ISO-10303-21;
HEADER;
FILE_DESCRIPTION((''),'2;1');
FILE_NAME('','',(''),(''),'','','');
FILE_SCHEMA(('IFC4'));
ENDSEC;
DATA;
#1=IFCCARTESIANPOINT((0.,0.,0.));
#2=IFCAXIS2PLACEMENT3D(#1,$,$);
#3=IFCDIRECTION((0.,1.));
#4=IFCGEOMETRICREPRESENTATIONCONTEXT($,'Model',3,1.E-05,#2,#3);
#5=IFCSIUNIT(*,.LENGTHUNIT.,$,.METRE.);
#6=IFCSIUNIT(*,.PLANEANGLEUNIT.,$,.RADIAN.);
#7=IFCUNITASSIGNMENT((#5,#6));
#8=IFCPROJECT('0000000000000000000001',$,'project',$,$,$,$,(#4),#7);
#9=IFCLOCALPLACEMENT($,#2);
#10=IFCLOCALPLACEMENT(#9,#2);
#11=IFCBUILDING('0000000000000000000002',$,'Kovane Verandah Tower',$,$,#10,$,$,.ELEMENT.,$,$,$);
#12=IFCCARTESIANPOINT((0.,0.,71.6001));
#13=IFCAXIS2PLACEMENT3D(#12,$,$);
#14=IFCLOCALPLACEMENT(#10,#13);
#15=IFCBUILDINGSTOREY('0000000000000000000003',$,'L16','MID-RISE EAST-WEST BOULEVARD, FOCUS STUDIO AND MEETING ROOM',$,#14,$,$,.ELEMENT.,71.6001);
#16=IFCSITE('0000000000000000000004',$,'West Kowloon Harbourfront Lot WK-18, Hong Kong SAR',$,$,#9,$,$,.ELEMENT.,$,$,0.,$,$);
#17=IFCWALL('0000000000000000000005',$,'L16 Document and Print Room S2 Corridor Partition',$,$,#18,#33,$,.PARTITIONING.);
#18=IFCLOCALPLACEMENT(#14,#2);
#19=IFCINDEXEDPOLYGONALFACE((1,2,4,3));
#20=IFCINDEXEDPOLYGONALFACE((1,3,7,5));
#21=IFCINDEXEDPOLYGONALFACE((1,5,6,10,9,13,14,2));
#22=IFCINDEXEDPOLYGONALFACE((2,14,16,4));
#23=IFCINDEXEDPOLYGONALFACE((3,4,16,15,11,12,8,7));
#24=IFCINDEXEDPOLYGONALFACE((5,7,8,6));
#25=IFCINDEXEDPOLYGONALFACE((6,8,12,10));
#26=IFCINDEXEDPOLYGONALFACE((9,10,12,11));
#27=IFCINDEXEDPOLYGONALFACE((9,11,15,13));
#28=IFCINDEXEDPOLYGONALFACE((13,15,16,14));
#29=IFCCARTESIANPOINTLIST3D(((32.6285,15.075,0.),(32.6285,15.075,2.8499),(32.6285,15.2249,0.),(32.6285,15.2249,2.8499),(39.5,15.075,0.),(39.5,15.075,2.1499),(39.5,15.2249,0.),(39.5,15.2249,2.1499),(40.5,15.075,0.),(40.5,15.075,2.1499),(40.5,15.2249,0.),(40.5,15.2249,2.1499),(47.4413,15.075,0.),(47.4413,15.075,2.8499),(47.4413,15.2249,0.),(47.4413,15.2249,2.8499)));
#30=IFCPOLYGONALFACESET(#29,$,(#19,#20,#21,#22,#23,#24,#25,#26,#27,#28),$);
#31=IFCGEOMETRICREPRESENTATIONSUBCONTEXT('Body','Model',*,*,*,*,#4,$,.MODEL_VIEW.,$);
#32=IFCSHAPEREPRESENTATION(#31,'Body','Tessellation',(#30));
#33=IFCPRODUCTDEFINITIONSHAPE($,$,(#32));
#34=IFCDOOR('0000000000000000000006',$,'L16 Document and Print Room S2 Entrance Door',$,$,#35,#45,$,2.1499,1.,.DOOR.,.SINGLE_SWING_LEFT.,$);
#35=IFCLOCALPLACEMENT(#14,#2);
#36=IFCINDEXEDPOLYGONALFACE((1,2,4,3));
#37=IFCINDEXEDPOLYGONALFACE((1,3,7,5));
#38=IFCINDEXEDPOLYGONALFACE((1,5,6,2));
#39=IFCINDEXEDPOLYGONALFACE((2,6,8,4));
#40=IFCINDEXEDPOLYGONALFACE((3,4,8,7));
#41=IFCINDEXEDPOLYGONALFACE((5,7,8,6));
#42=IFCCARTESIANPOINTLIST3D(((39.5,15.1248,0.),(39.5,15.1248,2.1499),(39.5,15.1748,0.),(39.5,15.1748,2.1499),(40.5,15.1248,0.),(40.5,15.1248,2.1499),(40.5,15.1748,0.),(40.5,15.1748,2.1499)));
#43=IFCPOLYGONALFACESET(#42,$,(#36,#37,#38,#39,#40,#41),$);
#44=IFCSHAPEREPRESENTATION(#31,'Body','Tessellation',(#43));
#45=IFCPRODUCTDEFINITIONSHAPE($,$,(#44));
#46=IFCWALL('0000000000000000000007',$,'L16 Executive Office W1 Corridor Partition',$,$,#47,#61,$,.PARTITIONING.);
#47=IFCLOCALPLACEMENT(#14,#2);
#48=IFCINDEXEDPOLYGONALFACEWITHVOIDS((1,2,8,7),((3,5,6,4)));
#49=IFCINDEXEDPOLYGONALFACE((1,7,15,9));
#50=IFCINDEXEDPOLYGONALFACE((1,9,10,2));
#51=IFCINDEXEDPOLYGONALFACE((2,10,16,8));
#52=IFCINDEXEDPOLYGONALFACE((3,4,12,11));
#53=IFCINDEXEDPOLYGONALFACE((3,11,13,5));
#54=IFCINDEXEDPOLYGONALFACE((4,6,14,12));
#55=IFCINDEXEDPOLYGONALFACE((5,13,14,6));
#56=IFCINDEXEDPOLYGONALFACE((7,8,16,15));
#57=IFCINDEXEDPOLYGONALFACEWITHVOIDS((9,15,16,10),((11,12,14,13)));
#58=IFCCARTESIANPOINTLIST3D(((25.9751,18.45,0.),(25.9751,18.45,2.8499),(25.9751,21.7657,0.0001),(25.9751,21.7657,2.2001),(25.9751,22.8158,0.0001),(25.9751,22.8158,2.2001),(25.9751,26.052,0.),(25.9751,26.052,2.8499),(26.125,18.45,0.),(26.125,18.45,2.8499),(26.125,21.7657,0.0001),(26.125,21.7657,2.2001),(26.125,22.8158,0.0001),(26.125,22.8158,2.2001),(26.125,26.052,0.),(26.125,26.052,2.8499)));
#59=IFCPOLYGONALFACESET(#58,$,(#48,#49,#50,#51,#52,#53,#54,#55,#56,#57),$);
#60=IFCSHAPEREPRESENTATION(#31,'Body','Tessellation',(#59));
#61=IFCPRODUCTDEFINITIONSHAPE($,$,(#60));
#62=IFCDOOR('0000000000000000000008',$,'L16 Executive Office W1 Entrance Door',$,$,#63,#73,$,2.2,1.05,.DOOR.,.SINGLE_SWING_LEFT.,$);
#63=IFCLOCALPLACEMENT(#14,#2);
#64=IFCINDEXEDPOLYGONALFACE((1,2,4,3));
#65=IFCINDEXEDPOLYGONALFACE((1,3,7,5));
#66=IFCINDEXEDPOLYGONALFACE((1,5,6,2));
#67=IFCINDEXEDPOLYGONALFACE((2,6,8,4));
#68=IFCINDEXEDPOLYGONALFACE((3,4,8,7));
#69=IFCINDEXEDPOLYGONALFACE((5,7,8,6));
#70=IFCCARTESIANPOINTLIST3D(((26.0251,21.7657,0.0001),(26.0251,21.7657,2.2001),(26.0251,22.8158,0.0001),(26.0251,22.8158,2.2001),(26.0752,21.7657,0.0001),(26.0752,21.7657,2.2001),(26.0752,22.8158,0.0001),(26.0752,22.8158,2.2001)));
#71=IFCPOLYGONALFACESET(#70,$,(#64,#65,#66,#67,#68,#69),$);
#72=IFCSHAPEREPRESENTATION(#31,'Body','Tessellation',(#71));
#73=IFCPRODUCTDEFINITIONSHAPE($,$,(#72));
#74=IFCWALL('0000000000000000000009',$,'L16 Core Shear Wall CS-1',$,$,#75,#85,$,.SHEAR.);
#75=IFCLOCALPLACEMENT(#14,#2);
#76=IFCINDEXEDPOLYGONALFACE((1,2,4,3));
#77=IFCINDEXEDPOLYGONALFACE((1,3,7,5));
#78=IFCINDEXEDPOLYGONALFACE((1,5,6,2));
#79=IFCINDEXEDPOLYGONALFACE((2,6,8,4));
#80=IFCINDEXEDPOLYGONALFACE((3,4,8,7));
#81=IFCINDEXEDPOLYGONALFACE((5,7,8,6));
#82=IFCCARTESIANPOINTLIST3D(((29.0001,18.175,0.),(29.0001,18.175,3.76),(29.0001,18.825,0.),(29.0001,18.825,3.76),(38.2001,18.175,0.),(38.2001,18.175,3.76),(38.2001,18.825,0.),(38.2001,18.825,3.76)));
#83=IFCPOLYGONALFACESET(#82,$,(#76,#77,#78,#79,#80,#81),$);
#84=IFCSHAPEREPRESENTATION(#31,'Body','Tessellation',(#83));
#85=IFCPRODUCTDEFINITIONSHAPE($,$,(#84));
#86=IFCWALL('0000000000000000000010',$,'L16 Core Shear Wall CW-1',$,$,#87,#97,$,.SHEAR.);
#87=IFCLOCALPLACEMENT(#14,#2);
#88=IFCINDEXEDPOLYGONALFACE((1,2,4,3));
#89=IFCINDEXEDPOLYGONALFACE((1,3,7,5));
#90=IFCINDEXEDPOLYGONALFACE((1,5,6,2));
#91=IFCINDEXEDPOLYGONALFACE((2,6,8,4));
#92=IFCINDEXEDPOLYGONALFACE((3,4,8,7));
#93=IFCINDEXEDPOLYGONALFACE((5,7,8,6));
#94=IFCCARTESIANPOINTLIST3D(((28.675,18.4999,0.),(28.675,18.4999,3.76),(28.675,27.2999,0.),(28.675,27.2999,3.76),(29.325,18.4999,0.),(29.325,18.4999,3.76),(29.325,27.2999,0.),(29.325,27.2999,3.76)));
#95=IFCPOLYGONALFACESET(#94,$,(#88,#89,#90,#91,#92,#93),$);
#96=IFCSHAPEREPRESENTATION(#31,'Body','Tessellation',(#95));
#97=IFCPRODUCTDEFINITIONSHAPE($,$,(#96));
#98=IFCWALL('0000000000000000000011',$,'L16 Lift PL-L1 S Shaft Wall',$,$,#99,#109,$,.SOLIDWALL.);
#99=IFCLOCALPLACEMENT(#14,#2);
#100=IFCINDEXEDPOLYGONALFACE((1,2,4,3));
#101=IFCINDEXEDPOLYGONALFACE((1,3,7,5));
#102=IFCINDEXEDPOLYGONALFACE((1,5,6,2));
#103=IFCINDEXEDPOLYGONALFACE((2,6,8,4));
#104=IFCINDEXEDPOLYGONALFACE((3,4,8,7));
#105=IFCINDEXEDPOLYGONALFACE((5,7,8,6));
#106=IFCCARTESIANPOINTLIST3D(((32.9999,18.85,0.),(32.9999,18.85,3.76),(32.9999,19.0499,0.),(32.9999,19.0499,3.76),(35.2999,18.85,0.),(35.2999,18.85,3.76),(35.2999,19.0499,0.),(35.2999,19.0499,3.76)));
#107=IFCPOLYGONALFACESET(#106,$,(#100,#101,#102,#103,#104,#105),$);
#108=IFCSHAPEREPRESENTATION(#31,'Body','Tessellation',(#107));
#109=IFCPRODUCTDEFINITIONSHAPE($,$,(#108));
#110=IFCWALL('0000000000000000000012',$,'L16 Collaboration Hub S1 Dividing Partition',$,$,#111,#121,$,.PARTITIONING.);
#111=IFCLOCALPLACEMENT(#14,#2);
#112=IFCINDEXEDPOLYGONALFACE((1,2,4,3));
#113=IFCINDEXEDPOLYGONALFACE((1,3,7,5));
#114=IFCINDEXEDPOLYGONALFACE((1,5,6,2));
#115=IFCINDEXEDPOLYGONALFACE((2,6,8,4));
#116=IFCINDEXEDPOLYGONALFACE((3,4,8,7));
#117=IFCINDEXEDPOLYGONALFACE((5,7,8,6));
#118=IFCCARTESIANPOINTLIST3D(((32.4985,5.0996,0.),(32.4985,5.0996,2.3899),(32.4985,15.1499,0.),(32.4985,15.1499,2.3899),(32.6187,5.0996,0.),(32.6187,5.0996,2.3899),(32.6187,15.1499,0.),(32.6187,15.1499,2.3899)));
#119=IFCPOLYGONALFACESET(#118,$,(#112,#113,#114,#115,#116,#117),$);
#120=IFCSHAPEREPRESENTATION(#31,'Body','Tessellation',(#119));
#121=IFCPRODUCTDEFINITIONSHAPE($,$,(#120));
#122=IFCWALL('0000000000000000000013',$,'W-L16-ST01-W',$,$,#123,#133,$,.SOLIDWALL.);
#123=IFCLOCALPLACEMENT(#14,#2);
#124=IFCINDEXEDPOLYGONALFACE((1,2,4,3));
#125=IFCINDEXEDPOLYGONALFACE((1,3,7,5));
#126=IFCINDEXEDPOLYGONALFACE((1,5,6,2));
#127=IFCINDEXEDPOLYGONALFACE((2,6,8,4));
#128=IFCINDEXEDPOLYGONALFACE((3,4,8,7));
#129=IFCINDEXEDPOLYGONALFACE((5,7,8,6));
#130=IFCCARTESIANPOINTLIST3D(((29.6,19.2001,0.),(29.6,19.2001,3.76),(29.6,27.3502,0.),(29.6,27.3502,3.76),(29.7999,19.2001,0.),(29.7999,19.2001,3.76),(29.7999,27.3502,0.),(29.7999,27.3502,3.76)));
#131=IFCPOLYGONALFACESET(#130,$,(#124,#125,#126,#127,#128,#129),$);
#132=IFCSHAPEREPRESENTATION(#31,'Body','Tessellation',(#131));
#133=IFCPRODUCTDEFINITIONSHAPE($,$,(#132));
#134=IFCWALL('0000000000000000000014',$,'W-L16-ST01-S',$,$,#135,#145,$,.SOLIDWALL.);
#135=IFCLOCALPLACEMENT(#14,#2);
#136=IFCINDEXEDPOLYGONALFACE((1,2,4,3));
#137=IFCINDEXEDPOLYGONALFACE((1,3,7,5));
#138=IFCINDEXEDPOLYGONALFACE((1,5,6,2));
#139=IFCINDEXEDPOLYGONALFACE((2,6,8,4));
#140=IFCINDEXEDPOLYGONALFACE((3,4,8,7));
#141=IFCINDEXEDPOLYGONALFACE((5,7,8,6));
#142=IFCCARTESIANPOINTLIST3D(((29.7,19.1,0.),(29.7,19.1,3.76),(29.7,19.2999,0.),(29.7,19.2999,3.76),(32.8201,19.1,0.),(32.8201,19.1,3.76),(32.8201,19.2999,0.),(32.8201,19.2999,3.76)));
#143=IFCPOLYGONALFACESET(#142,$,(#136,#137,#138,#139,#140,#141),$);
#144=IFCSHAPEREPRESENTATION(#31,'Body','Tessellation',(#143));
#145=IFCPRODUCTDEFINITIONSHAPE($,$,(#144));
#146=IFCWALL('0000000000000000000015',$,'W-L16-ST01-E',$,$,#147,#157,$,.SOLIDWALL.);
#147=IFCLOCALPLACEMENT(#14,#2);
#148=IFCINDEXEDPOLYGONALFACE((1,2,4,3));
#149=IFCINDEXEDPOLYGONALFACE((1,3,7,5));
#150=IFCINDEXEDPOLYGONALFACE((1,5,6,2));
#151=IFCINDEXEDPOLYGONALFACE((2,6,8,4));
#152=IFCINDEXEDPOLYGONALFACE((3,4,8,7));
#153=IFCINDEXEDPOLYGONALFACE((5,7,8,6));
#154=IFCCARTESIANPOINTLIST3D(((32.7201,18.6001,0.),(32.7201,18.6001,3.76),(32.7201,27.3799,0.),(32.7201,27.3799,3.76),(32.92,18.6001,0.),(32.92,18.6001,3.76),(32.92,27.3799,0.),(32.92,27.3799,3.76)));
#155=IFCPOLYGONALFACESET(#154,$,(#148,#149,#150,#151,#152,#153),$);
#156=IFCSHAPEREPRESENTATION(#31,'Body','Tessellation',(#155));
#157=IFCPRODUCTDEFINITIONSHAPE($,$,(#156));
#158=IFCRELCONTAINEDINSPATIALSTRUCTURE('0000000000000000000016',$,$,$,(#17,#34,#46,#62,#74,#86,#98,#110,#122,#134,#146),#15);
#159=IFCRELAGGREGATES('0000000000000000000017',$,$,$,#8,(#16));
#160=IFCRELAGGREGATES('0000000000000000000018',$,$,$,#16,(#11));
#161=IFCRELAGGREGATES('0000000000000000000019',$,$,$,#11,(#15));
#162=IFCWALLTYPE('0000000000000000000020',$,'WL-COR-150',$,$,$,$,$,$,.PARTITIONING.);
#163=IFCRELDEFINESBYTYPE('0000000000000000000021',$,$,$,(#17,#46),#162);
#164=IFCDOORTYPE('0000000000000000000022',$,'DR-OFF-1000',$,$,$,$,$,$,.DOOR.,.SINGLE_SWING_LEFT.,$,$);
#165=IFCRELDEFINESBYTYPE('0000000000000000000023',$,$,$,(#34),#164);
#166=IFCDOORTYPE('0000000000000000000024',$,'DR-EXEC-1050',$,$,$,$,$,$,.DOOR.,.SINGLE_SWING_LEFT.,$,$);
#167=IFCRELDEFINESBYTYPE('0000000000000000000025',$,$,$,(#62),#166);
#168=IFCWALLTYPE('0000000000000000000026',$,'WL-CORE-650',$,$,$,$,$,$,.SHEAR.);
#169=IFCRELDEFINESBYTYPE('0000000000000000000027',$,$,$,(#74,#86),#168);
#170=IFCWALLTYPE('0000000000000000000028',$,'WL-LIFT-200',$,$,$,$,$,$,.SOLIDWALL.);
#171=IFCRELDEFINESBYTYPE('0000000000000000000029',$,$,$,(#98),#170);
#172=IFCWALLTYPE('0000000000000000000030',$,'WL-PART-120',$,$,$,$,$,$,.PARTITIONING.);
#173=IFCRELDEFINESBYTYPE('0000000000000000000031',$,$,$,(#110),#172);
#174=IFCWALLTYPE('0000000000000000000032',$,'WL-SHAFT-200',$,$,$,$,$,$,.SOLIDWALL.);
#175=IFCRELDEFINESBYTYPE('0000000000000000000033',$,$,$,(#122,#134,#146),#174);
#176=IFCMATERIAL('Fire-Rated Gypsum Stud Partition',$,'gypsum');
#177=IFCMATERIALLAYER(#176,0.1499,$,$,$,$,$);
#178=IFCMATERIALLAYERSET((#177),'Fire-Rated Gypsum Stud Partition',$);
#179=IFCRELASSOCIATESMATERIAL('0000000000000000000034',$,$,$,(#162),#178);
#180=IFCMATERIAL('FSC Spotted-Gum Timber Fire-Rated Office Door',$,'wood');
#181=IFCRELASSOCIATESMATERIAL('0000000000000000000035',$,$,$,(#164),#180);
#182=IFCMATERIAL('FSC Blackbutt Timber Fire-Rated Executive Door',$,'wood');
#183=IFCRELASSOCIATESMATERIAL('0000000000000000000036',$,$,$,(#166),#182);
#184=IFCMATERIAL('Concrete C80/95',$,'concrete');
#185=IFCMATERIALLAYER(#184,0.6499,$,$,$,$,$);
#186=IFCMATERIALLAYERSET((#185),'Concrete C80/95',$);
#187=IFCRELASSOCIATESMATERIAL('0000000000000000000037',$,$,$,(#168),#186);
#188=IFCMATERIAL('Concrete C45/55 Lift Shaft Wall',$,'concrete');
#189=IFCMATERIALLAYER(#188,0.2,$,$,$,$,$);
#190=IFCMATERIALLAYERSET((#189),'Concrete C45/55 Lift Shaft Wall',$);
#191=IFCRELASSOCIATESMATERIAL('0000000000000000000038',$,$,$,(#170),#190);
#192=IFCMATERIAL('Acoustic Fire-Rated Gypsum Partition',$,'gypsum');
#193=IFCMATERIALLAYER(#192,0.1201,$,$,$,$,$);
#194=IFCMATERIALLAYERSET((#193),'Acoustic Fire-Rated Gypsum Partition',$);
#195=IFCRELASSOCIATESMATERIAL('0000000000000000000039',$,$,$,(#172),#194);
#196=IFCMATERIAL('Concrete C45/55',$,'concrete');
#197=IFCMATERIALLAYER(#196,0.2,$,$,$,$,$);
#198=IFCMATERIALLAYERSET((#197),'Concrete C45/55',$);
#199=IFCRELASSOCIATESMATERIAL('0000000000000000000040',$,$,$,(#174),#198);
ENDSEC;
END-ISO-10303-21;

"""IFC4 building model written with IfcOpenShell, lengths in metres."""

from ifc_helpers import new_model, si_unit, direction, frame, frame_2d, origin, place, context, subcontext, project, spatial, rectangle, extrude, material, layer, layer_set, type_object, element, fill, save


model = new_model("IFC4")

# Units and contexts
model_context = context("Model", 3, precision=1e-05, world=origin(), true_north=direction((0.0, 1.0)))
body_context = subcontext(model_context, "Body", "Model", "MODEL_VIEW")
ifc_project = project(units=[si_unit("LENGTHUNIT", "METRE"), si_unit("PLANEANGLEUNIT", "RADIAN")], contexts=[model_context])

# Site, building, storey
site_placement = place(None, origin())
site = spatial("IfcSite", under=ifc_project, at=site_placement, Name="West Kowloon Harbourfront Lot WK-18, Hong Kong SAR", CompositionType="ELEMENT", RefElevation=0.0)
building_placement = place(site_placement, origin())
building = spatial("IfcBuilding", under=site, at=building_placement, Name="Kovane Verandah Tower", CompositionType="ELEMENT")
storey_placement = place(building_placement, frame((0.0, 0.0, 71.6001)))
storey = spatial("IfcBuildingStorey", under=building, at=storey_placement, Name="L16", Description="MID-RISE EAST-WEST BOULEVARD, FOCUS STUDIO AND MEETING ROOM", CompositionType="ELEMENT", Elevation=71.6001)

# Shared definitions
ifc_material_1 = material(Name="Concrete C80/95", Category="concrete")

# Walls, openings, doors
ifc_material_2 = material(Name="Fire-Rated Gypsum Stud Partition", Category="gypsum")
ifc_layer_1 = layer(ifc_material_2, 0.1499)
ifc_layer_set_1 = layer_set([ifc_layer_1], Name="Fire-Rated Gypsum Stud Partition")
wall_type_1 = type_object("IfcWallType", Name="WL-COR-150", PredefinedType="PARTITIONING", material=ifc_layer_set_1)
wall_1_placement = place(storey_placement, frame((32.6287, 15.1499, 0.0), z_axis=(0.0, 0.0, 1.0), x_axis=(1.0, 0.0, 0.0)))
wall_1 = element("IfcWall", 1, at=wall_1_placement, inside=storey, type_object=wall_type_1, Name="L16 Document and Print Room S2 Corridor Partition", PredefinedType="PARTITIONING", context=body_context, shape_type="SweptSolid", body=[
    extrude(rectangle(XDim=14.8127, YDim=0.1499, at=frame_2d((7.4062, 0.0))), origin(), (0.0, 0.0, 1.0), 2.8499),
])
opening_1_placement = place(wall_1_placement, frame((6.8713, 0.0, 0.0)))
opening_1 = element("IfcOpeningElement", 2, at=opening_1_placement, cuts=wall_1, PredefinedType="OPENING", context=body_context, shape_type="SweptSolid", body=[
    extrude(rectangle(XDim=1.0, YDim=2.1499, at=frame_2d((0.5, 1.075))), frame((0.0, 0.075, 0.0), z_axis=(0.0, -1.0, 0.0), x_axis=(1.0, 0.0, 0.0)), (0.0, 0.0, 1.0), 0.1499),
])
ifc_material_3 = material(Name="FSC Spotted-Gum Timber Fire-Rated Office Door", Category="wood")
door_type_1 = type_object("IfcDoorType", Name="DR-OFF-1000", OperationType="SINGLE_SWING_LEFT", PredefinedType="DOOR", material=ifc_material_3)
door_1_placement = place(opening_1_placement, origin())
door_1 = element("IfcDoor", 3, at=door_1_placement, inside=storey, type_object=door_type_1, Name="L16 Document and Print Room S2 Entrance Door", OperationType="SINGLE_SWING_LEFT", OverallHeight=2.1499, OverallWidth=1.0, PredefinedType="DOOR", context=body_context, shape_type="SweptSolid", body=[
    extrude(rectangle(XDim=1.0, YDim=2.1499, at=frame_2d((0.5, 1.075))), frame((0.0, 0.0249, 0.0), z_axis=(0.0, -1.0, 0.0), x_axis=(1.0, 0.0, 0.0)), (0.0, 0.0, 1.0), 0.05),
])
fill(opening_1, door_1)
wall_2_placement = place(storey_placement, frame((26.05, 18.45, 0.0), z_axis=(0.0, 0.0, 1.0), x_axis=(0.0, 1.0, 0.0)))
wall_2 = element("IfcWall", 4, at=wall_2_placement, inside=storey, type_object=wall_type_1, Name="L16 Executive Office W1 Corridor Partition", PredefinedType="PARTITIONING", context=body_context, shape_type="SweptSolid", body=[
    extrude(rectangle(XDim=7.6021, YDim=0.1499, at=frame_2d((3.801, 0.0))), origin(), (0.0, 0.0, 1.0), 2.8499),
])
opening_2_placement = place(wall_2_placement, frame((3.3159, 0.0, 0.0)))
opening_2 = element("IfcOpeningElement", 5, at=opening_2_placement, cuts=wall_2, PredefinedType="OPENING", context=body_context, shape_type="SweptSolid", body=[
    extrude(rectangle(XDim=1.05, YDim=2.2, at=frame_2d((0.5249, 1.1001))), frame((0.0, 0.075, 0.0), z_axis=(0.0, -1.0, 0.0), x_axis=(1.0, 0.0, 0.0)), (0.0, 0.0, 1.0), 0.1499),
])
ifc_material_4 = material(Name="FSC Blackbutt Timber Fire-Rated Executive Door", Category="wood")
door_type_2 = type_object("IfcDoorType", Name="DR-EXEC-1050", OperationType="SINGLE_SWING_LEFT", PredefinedType="DOOR", material=ifc_material_4)
door_2_placement = place(opening_2_placement, origin())
door_2 = element("IfcDoor", 6, at=door_2_placement, inside=storey, type_object=door_type_2, Name="L16 Executive Office W1 Entrance Door", OperationType="SINGLE_SWING_LEFT", OverallHeight=2.2, OverallWidth=1.05, PredefinedType="DOOR", context=body_context, shape_type="SweptSolid", body=[
    extrude(rectangle(XDim=1.05, YDim=2.2, at=frame_2d((0.5249, 1.1001))), frame((0.0, 0.0249, 0.0), z_axis=(0.0, -1.0, 0.0), x_axis=(1.0, 0.0, 0.0)), (0.0, 0.0, 1.0), 0.05),
])
fill(opening_2, door_2)

# Walls
ifc_layer_2 = layer(ifc_material_1, 0.6499)
ifc_layer_set_2 = layer_set([ifc_layer_2], Name="Concrete C80/95")
wall_type_2 = type_object("IfcWallType", Name="WL-CORE-650", PredefinedType="SHEAR", material=ifc_layer_set_2)
wall_3_placement = place(storey_placement, frame((29.0, 18.5, 0.0), z_axis=(0.0, 0.0, 1.0), x_axis=(1.0, 0.0, 0.0)))
element("IfcWall", 7, at=wall_3_placement, inside=storey, type_object=wall_type_2, Name="L16 Core Shear Wall CS-1", PredefinedType="SHEAR", context=body_context, shape_type="SweptSolid", body=[
    extrude(rectangle(XDim=9.2, YDim=0.6499, at=frame_2d((4.6001, 0.0))), origin(), (0.0, 0.0, 1.0), 3.76),
])
wall_4_placement = place(storey_placement, frame((29.0, 18.5, 0.0), z_axis=(0.0, 0.0, 1.0), x_axis=(0.0, 1.0, 0.0)))
element("IfcWall", 8, at=wall_4_placement, inside=storey, type_object=wall_type_2, Name="L16 Core Shear Wall CW-1", PredefinedType="SHEAR", context=body_context, shape_type="SweptSolid", body=[
    extrude(rectangle(XDim=8.8, YDim=0.6499, at=frame_2d((4.3999, 0.0))), origin(), (0.0, 0.0, 1.0), 3.76),
])
ifc_material_5 = material(Name="Concrete C45/55 Lift Shaft Wall", Category="concrete")
ifc_layer_3 = layer(ifc_material_5, 0.2)
ifc_layer_set_3 = layer_set([ifc_layer_3], Name="Concrete C45/55 Lift Shaft Wall")
wall_type_3 = type_object("IfcWallType", Name="WL-LIFT-200", PredefinedType="SOLIDWALL", material=ifc_layer_set_3)
wall_5_placement = place(storey_placement, frame((33.0, 18.95, 0.0), z_axis=(0.0, 0.0, 1.0), x_axis=(1.0, 0.0, 0.0)))
element("IfcWall", 9, at=wall_5_placement, inside=storey, type_object=wall_type_3, Name="L16 Lift PL-L1 S Shaft Wall", PredefinedType="SOLIDWALL", context=body_context, shape_type="SweptSolid", body=[
    extrude(rectangle(XDim=2.3, YDim=0.2, at=frame_2d((1.1499, 0.0))), origin(), (0.0, 0.0, 1.0), 3.76),
])
ifc_material_6 = material(Name="Acoustic Fire-Rated Gypsum Partition", Category="gypsum")
ifc_layer_4 = layer(ifc_material_6, 0.1201)
ifc_layer_set_4 = layer_set([ifc_layer_4], Name="Acoustic Fire-Rated Gypsum Partition")
wall_type_4 = type_object("IfcWallType", Name="WL-PART-120", PredefinedType="PARTITIONING", material=ifc_layer_set_4)
wall_6_placement = place(storey_placement, frame((32.5586, 5.0996, 0.0), z_axis=(0.0, 0.0, 1.0), x_axis=(0.0, 1.0, 0.0)))
element("IfcWall", 10, at=wall_6_placement, inside=storey, type_object=wall_type_4, Name="L16 Collaboration Hub S1 Dividing Partition", PredefinedType="PARTITIONING", context=body_context, shape_type="SweptSolid", body=[
    extrude(rectangle(XDim=10.0503, YDim=0.1201, at=frame_2d((5.0251, 0.0))), origin(), (0.0, 0.0, 1.0), 2.3899),
])
ifc_material_7 = material(Name="Concrete C45/55", Category="concrete")
ifc_layer_5 = layer(ifc_material_7, 0.2)
ifc_layer_set_5 = layer_set([ifc_layer_5], Name="Concrete C45/55")
wall_type_5 = type_object("IfcWallType", Name="WL-SHAFT-200", PredefinedType="SOLIDWALL", material=ifc_layer_set_5)
wall_7_placement = place(storey_placement, frame((29.7, 19.2, 0.0), z_axis=(0.0, 0.0, 1.0), x_axis=(0.0, 1.0, 0.0)))
element("IfcWall", 11, at=wall_7_placement, inside=storey, type_object=wall_type_5, Name="W-L16-ST01-W", PredefinedType="SOLIDWALL", context=body_context, shape_type="SweptSolid", body=[
    extrude(rectangle(XDim=8.1501, YDim=0.2, at=frame_2d((4.0752, 0.0))), origin(), (0.0, 0.0, 1.0), 3.76),
])
wall_8_placement = place(storey_placement, frame((29.7, 19.2, 0.0), z_axis=(0.0, 0.0, 1.0), x_axis=(1.0, 0.0, 0.0)))
element("IfcWall", 12, at=wall_8_placement, inside=storey, type_object=wall_type_5, Name="W-L16-ST01-S", PredefinedType="SOLIDWALL", context=body_context, shape_type="SweptSolid", body=[
    extrude(rectangle(XDim=3.1201, YDim=0.2, at=frame_2d((1.5601, 0.0))), origin(), (0.0, 0.0, 1.0), 3.76),
])
wall_9_placement = place(storey_placement, frame((32.8201, 18.6001, 0.0), z_axis=(0.0, 0.0, 1.0), x_axis=(0.0, 1.0, 0.0)))
element("IfcWall", 13, at=wall_9_placement, inside=storey, type_object=wall_type_5, Name="W-L16-ST01-E", PredefinedType="SOLIDWALL", context=body_context, shape_type="SweptSolid", body=[
    extrude(rectangle(XDim=8.7798, YDim=0.2, at=frame_2d((4.3899, 0.0))), origin(), (0.0, 0.0, 1.0), 3.76),
])

save(model, "model.ifc")
